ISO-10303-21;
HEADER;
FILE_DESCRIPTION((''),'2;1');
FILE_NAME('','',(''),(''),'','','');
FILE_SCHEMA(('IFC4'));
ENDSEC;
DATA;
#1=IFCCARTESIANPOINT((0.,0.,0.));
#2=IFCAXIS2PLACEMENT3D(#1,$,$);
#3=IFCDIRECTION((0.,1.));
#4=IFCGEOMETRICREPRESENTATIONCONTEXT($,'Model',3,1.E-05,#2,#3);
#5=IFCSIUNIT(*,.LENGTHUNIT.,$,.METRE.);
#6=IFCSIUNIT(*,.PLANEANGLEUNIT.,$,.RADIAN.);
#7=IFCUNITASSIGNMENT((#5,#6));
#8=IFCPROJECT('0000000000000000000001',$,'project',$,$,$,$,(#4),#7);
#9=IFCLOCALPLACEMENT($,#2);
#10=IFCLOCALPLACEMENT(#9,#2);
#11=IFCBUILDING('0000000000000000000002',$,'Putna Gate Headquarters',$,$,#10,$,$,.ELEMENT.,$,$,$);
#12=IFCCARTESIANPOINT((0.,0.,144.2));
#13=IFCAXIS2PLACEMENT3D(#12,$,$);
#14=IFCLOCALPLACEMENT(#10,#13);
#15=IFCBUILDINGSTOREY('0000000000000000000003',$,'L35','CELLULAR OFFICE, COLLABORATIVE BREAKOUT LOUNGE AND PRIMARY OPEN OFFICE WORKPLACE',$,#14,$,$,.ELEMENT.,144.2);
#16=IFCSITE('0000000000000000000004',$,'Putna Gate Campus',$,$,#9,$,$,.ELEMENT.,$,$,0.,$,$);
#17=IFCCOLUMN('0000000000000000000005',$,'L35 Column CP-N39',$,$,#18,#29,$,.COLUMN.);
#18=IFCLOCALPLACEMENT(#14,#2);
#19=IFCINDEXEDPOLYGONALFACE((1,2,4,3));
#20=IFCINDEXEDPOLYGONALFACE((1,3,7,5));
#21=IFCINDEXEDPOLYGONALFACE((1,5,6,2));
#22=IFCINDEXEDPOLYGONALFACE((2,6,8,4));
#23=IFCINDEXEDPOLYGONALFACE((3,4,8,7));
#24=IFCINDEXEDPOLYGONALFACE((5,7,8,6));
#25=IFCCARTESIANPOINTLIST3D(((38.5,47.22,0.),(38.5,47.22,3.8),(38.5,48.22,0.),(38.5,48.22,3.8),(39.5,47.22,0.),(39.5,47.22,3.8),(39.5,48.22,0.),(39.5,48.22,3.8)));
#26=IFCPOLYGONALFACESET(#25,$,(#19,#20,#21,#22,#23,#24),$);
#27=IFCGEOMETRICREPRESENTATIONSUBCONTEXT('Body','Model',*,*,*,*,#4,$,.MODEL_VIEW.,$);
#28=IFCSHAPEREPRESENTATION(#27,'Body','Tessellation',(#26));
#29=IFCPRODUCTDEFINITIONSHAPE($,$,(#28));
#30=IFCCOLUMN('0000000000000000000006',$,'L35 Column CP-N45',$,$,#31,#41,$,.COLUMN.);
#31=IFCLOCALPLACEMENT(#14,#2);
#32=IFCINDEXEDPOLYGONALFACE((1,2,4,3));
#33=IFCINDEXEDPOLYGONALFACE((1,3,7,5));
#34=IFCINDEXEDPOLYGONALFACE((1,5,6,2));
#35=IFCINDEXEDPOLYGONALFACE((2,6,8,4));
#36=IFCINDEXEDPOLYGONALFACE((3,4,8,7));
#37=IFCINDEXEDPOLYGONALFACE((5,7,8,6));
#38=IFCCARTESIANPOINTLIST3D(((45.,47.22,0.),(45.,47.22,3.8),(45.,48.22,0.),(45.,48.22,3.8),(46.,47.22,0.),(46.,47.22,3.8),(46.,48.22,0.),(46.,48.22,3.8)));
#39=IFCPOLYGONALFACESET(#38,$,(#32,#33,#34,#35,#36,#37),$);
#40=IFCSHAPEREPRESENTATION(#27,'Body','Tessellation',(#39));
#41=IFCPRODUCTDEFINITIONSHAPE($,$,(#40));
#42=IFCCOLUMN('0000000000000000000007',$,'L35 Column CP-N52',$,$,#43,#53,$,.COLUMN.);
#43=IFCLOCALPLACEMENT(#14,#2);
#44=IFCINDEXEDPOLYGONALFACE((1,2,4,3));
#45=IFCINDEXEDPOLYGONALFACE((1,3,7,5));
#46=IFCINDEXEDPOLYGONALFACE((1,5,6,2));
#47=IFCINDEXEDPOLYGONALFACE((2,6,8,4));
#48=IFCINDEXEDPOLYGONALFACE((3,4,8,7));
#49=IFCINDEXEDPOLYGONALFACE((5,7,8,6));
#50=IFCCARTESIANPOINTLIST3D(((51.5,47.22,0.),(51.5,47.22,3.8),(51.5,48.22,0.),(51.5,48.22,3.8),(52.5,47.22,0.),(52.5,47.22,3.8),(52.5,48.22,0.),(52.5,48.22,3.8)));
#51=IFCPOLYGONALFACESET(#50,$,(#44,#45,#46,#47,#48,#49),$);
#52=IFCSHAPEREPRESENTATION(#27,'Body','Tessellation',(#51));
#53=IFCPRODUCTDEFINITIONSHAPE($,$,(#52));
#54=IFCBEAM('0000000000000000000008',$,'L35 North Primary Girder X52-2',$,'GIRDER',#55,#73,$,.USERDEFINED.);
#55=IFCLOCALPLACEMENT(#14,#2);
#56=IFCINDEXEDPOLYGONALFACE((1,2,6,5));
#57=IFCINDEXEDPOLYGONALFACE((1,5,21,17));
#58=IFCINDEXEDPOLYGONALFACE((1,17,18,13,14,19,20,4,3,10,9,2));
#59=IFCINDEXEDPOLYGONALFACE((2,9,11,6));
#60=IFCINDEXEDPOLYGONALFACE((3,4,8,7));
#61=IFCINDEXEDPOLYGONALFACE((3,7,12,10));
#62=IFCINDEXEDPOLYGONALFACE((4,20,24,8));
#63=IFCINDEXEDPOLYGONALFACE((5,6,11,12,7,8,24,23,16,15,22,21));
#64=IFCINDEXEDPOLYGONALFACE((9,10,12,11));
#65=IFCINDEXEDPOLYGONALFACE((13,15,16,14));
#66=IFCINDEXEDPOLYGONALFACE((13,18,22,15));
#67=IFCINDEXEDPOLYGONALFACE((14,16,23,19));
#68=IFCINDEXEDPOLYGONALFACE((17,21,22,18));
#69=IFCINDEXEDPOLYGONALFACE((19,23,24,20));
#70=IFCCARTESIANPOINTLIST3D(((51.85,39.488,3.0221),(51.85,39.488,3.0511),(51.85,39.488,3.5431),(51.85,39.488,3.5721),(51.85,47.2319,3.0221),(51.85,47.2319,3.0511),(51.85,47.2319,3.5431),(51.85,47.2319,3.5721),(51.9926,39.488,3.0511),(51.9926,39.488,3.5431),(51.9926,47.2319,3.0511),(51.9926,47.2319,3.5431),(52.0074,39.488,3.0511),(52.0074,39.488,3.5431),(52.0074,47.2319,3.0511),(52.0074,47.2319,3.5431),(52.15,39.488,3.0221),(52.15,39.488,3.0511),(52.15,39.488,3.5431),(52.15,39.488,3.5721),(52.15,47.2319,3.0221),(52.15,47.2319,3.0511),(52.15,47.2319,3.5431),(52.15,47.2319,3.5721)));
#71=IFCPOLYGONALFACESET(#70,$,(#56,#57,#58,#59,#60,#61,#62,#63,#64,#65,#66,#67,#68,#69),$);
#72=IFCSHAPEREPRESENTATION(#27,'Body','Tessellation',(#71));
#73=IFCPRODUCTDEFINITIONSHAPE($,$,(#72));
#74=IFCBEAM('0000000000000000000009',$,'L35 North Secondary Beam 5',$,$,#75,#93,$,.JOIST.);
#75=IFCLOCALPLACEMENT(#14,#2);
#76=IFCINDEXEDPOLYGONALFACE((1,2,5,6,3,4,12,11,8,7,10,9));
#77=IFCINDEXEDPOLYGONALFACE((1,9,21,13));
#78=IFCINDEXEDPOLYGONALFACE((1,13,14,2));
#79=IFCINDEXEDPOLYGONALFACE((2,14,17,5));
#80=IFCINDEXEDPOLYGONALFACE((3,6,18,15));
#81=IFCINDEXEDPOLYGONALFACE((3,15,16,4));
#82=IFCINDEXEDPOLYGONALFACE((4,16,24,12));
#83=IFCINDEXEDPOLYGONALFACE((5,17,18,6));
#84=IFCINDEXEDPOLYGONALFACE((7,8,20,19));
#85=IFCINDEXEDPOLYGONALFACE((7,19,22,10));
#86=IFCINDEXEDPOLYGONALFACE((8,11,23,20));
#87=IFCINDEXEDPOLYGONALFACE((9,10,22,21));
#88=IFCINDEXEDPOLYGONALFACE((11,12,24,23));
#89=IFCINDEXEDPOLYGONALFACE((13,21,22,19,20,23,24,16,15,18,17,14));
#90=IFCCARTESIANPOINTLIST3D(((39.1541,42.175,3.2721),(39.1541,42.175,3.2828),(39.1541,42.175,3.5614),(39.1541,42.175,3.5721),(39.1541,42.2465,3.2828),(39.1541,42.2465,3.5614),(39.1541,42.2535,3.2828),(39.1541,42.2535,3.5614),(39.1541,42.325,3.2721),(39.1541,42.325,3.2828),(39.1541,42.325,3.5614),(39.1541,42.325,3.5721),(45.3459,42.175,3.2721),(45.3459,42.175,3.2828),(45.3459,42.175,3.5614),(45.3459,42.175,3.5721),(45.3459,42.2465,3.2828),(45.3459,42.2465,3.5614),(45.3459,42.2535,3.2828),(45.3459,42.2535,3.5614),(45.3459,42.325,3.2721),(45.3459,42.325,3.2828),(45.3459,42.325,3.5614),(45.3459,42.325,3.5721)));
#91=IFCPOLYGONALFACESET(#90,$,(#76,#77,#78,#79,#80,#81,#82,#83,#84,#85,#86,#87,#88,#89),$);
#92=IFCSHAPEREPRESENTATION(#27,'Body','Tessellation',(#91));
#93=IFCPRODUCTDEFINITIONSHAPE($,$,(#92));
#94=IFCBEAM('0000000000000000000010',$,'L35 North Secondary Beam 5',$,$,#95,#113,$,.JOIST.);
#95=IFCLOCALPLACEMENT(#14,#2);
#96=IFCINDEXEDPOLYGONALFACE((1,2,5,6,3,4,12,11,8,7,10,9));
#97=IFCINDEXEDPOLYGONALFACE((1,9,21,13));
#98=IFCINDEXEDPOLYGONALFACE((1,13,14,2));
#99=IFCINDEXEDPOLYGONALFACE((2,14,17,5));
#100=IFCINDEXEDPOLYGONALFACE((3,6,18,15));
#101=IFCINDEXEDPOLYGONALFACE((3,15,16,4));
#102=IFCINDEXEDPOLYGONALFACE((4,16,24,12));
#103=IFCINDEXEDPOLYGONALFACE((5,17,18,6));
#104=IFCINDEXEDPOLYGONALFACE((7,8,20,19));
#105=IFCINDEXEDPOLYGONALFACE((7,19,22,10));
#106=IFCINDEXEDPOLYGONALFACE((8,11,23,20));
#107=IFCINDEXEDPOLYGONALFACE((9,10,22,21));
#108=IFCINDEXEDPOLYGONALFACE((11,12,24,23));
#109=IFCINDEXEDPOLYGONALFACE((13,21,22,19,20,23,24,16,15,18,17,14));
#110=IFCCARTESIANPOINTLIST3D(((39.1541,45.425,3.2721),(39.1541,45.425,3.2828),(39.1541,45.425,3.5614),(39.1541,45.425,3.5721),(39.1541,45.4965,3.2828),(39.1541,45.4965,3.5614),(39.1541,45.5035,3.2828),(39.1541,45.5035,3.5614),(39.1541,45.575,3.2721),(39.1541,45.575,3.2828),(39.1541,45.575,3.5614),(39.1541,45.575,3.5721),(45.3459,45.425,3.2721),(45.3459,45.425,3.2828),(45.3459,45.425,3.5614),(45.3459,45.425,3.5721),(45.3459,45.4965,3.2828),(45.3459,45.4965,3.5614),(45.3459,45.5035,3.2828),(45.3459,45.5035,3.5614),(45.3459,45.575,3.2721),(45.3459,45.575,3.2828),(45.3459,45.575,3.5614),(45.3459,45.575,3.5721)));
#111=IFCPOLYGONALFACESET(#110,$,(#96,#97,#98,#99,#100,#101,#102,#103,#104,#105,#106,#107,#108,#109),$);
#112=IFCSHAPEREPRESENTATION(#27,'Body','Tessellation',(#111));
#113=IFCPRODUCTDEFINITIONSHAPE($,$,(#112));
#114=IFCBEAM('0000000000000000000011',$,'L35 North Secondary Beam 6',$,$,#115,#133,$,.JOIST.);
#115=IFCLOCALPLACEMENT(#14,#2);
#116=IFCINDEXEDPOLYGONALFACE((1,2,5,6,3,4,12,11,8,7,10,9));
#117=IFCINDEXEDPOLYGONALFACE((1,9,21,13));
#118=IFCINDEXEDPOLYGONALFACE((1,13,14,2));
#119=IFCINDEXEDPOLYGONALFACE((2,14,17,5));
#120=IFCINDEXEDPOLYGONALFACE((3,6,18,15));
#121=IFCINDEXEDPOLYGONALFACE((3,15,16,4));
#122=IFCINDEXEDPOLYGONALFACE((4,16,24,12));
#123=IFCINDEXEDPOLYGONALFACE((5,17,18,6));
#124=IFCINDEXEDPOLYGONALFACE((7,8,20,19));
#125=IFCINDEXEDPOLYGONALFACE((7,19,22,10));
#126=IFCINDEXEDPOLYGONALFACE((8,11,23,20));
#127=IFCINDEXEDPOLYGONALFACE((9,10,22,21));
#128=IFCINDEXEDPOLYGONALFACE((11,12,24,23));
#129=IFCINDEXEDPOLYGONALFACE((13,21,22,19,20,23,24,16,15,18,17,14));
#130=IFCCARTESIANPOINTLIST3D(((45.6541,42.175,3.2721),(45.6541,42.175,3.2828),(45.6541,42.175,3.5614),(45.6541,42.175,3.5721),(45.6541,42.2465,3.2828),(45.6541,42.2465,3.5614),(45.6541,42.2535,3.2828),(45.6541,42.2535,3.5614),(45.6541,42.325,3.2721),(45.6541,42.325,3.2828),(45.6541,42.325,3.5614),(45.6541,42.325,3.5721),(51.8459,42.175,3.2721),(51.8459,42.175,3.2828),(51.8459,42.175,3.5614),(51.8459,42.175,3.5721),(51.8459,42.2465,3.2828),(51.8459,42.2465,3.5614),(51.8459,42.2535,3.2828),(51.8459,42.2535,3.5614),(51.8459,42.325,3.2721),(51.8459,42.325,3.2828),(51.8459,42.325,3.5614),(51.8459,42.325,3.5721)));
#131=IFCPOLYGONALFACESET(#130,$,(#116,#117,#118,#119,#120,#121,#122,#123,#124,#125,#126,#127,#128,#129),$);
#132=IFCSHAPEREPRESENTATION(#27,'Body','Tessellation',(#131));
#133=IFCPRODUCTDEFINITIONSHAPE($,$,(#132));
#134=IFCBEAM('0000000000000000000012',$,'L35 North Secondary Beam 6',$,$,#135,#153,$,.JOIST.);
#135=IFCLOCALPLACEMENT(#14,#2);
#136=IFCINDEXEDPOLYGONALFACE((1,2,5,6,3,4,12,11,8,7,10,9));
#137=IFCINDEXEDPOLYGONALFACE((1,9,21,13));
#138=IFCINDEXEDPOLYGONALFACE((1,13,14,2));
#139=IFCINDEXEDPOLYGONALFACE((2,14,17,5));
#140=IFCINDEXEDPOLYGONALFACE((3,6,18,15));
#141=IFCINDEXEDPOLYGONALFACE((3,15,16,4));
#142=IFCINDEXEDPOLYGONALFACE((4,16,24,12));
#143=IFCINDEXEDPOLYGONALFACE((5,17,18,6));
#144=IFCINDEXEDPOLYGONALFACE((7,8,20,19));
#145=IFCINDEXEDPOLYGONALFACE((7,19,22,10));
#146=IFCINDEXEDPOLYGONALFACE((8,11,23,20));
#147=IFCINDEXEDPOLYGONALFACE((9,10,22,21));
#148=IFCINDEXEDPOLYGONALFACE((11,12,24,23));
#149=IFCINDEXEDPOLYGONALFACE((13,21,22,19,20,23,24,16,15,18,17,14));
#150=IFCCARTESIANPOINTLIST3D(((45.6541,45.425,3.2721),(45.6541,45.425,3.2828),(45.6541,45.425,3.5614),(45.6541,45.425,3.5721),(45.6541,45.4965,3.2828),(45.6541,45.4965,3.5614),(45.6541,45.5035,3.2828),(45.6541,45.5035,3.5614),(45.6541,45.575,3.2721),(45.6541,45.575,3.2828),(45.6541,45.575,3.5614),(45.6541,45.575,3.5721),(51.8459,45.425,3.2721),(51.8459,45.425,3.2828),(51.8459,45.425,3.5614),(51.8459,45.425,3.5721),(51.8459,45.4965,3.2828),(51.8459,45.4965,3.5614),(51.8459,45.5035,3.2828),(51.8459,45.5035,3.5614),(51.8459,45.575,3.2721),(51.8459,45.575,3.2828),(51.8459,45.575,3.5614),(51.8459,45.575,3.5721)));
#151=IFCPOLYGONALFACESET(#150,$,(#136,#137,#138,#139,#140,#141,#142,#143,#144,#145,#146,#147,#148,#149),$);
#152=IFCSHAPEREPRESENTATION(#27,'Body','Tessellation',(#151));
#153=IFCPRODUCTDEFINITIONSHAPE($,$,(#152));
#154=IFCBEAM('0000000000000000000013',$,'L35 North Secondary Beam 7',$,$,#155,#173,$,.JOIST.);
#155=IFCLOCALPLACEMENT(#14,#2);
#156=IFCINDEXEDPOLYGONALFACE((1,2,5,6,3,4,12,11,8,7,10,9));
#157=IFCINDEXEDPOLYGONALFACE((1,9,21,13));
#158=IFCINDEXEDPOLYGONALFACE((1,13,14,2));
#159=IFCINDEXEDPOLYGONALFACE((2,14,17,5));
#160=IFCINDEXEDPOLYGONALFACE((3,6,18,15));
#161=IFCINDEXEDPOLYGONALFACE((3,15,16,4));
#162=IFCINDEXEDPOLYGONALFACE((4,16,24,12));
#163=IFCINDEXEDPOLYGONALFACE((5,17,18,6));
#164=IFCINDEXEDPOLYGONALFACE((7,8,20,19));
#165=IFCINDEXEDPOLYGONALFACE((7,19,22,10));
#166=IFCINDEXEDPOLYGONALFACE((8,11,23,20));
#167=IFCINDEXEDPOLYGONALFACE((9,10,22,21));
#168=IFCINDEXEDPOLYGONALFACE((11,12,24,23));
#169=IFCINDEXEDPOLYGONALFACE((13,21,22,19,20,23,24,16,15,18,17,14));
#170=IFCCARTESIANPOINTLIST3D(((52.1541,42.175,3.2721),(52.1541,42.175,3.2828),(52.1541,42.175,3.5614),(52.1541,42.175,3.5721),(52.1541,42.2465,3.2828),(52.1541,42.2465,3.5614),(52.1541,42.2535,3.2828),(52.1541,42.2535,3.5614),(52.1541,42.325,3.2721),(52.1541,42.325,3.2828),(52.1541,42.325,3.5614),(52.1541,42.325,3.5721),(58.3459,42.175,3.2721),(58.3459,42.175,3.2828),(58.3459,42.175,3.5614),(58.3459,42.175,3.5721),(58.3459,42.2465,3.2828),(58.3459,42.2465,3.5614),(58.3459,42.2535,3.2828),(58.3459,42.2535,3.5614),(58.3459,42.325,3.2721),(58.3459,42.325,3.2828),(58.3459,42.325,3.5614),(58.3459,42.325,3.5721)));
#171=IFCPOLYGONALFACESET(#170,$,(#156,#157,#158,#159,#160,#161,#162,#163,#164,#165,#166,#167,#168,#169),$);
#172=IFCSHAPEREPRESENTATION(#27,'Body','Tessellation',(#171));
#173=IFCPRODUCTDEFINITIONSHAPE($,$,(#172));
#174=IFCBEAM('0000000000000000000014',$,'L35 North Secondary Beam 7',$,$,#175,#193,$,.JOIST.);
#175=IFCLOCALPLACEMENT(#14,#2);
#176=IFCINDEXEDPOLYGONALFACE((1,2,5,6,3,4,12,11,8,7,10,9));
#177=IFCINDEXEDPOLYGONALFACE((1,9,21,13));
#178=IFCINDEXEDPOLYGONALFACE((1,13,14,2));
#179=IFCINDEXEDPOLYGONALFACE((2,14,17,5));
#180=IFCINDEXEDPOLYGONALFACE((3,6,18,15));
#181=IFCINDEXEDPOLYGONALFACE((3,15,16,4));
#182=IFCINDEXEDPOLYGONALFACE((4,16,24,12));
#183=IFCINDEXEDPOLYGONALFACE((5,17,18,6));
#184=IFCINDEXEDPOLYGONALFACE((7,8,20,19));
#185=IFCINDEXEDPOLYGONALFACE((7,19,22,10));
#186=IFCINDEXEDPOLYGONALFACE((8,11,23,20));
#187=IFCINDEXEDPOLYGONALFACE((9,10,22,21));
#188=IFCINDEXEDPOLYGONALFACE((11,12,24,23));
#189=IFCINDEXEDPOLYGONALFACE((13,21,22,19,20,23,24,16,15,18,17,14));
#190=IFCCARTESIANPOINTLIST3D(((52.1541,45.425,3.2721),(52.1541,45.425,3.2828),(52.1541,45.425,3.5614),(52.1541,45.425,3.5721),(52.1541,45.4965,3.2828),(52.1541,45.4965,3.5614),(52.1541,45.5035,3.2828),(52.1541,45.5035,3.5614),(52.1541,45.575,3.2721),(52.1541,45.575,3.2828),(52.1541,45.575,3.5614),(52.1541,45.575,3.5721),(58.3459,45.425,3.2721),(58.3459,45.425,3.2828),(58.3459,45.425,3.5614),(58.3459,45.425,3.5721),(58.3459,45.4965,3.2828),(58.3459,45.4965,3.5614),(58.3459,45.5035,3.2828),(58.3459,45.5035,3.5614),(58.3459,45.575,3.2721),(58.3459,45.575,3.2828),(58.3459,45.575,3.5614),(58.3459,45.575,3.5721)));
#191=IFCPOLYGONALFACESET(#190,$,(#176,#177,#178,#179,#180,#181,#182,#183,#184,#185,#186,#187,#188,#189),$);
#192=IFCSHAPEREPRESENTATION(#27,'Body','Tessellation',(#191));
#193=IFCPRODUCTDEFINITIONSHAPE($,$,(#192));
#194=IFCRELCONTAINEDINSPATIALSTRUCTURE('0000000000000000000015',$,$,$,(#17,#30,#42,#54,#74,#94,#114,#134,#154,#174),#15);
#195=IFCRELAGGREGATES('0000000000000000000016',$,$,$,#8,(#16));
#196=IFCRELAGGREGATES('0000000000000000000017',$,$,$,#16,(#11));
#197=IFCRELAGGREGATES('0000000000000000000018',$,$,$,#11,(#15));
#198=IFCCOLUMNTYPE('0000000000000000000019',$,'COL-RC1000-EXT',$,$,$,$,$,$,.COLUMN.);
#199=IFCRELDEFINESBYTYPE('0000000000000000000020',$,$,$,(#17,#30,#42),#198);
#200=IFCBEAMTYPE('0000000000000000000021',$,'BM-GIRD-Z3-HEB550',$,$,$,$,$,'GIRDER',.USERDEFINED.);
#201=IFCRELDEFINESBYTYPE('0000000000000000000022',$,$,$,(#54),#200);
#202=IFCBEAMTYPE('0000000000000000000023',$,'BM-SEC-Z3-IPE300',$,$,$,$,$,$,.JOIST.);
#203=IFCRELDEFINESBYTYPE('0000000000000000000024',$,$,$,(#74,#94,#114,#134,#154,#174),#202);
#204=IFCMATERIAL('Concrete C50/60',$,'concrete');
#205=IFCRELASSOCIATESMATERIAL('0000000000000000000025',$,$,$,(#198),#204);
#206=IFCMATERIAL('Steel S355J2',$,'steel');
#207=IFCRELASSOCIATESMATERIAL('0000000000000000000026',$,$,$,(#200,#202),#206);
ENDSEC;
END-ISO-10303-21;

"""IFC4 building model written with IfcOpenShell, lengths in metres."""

from ifc_helpers import new_model, si_unit, direction, frame, origin, origin_2d, place, context, subcontext, project, spatial, rectangle, i_section, extrude, material, material_profile, profile_set, type_object, element, save


model = new_model("IFC4")

# Units and contexts
model_context = context("Model", 3, precision=1e-05, world=origin(), true_north=direction((0.0, 1.0)))
body_context = subcontext(model_context, "Body", "Model", "MODEL_VIEW")
ifc_project = project(units=[si_unit("LENGTHUNIT", "METRE"), si_unit("PLANEANGLEUNIT", "RADIAN")], contexts=[model_context])

# Site, building, storey
site_placement = place(None, origin())
site = spatial("IfcSite", under=ifc_project, at=site_placement, Name="Putna Gate Campus", CompositionType="ELEMENT", RefElevation=0.0)
building_placement = place(site_placement, origin())
building = spatial("IfcBuilding", under=site, at=building_placement, Name="Putna Gate Headquarters", CompositionType="ELEMENT")
storey_placement = place(building_placement, frame((0.0, 0.0, 144.2)))
storey = spatial("IfcBuildingStorey", under=building, at=storey_placement, Name="L35", Description="CELLULAR OFFICE, COLLABORATIVE BREAKOUT LOUNGE AND PRIMARY OPEN OFFICE WORKPLACE", CompositionType="ELEMENT", Elevation=144.2)

# Columns
ifc_material_1 = material(Name="Concrete C50/60", Category="concrete")
ifc_material_profile_1 = material_profile(ifc_material_1, rectangle(XDim=1.0, YDim=1.0, at=origin_2d()), Name="Concrete C50/60")
ifc_profile_set_1 = profile_set([ifc_material_profile_1], Name="Concrete C50/60")
column_type = type_object("IfcColumnType", Name="COL-RC1000-EXT", PredefinedType="COLUMN", material=ifc_profile_set_1)
for number, where, z_axis, x_axis, name in (
    (1, (39.0, 47.72, 0.0), (0.0, 0.0, 1.0), (1.0, 0.0, 0.0), "L35 Column CP-N39"),
    (2, (45.5, 47.72, 0.0), (0.0, 0.0, 1.0), (1.0, 0.0, 0.0), "L35 Column CP-N45"),
    (3, (52.0, 47.72, 0.0), (0.0, 0.0, 1.0), (1.0, 0.0, 0.0), "L35 Column CP-N52"),
):
    element("IfcColumn", number, at=place(storey_placement, frame(where, z_axis=z_axis, x_axis=x_axis)), inside=storey, type_object=column_type, Name=name, PredefinedType="COLUMN", context=body_context, shape_type="SweptSolid", body=[
        extrude(rectangle(XDim=1.0, YDim=1.0, at=origin_2d()), origin(), (0.0, 0.0, 1.0), 3.8),
    ])

# Beams
ifc_material_2 = material(Name="Steel S355J2", Category="steel")
ifc_material_profile_2 = material_profile(ifc_material_2, i_section(OverallWidth=0.3, OverallDepth=0.55, WebThickness=0.0149, FlangeThickness=0.0291, at=origin_2d()), Name="Steel S355J2")
ifc_profile_set_2 = profile_set([ifc_material_profile_2], Name="Steel S355J2")
beam_type_1 = type_object("IfcBeamType", Name="BM-GIRD-Z3-HEB550", ElementType="GIRDER", PredefinedType="USERDEFINED", material=ifc_profile_set_2)
beam_placement = place(storey_placement, frame((52.0, 39.488, 3.2971), z_axis=(0.0, 1.0, 0.0), x_axis=(-1.0, 0.0, 0.0)))
element("IfcBeam", 4, at=beam_placement, inside=storey, type_object=beam_type_1, Name="L35 North Primary Girder X52-2", ObjectType="GIRDER", PredefinedType="USERDEFINED", context=body_context, shape_type="SweptSolid", body=[
    extrude(i_section(OverallWidth=0.3, OverallDepth=0.55, WebThickness=0.0149, FlangeThickness=0.0291, at=origin_2d()), origin(), (0.0, 0.0, 1.0), 7.7439),
])
ifc_material_profile_3 = material_profile(ifc_material_2, i_section(OverallWidth=0.1499, OverallDepth=0.3, WebThickness=0.0071, FlangeThickness=0.0107, at=origin_2d()), Name="Steel S355J2")
ifc_profile_set_3 = profile_set([ifc_material_profile_3], Name="Steel S355J2")
beam_type_2 = type_object("IfcBeamType", Name="BM-SEC-Z3-IPE300", PredefinedType="JOIST", material=ifc_profile_set_3)
for number, where, z_axis, x_axis, name in (
    (5, (39.1541, 42.25, 3.4221), (1.0, 0.0, 0.0), (0.0, 1.0, 0.0), "L35 North Secondary Beam 5"),
    (6, (39.1541, 45.5, 3.4221), (1.0, 0.0, 0.0), (0.0, 1.0, 0.0), "L35 North Secondary Beam 5"),
    (7, (45.6541, 42.25, 3.4221), (1.0, 0.0, 0.0), (0.0, 1.0, 0.0), "L35 North Secondary Beam 6"),
    (8, (45.6541, 45.5, 3.4221), (1.0, 0.0, 0.0), (0.0, 1.0, 0.0), "L35 North Secondary Beam 6"),
    (9, (52.1541, 42.25, 3.4221), (1.0, 0.0, 0.0), (0.0, 1.0, 0.0), "L35 North Secondary Beam 7"),
    (10, (52.1541, 45.5, 3.4221), (1.0, 0.0, 0.0), (0.0, 1.0, 0.0), "L35 North Secondary Beam 7"),
):
    element("IfcBeam", number, at=place(storey_placement, frame(where, z_axis=z_axis, x_axis=x_axis)), inside=storey, type_object=beam_type_2, Name=name, PredefinedType="JOIST", context=body_context, shape_type="SweptSolid", body=[
        extrude(i_section(OverallWidth=0.1499, OverallDepth=0.3, WebThickness=0.0071, FlangeThickness=0.0107, at=origin_2d()), origin(), (0.0, 0.0, 1.0), 6.1919),
    ])

save(model, "model.ifc")
